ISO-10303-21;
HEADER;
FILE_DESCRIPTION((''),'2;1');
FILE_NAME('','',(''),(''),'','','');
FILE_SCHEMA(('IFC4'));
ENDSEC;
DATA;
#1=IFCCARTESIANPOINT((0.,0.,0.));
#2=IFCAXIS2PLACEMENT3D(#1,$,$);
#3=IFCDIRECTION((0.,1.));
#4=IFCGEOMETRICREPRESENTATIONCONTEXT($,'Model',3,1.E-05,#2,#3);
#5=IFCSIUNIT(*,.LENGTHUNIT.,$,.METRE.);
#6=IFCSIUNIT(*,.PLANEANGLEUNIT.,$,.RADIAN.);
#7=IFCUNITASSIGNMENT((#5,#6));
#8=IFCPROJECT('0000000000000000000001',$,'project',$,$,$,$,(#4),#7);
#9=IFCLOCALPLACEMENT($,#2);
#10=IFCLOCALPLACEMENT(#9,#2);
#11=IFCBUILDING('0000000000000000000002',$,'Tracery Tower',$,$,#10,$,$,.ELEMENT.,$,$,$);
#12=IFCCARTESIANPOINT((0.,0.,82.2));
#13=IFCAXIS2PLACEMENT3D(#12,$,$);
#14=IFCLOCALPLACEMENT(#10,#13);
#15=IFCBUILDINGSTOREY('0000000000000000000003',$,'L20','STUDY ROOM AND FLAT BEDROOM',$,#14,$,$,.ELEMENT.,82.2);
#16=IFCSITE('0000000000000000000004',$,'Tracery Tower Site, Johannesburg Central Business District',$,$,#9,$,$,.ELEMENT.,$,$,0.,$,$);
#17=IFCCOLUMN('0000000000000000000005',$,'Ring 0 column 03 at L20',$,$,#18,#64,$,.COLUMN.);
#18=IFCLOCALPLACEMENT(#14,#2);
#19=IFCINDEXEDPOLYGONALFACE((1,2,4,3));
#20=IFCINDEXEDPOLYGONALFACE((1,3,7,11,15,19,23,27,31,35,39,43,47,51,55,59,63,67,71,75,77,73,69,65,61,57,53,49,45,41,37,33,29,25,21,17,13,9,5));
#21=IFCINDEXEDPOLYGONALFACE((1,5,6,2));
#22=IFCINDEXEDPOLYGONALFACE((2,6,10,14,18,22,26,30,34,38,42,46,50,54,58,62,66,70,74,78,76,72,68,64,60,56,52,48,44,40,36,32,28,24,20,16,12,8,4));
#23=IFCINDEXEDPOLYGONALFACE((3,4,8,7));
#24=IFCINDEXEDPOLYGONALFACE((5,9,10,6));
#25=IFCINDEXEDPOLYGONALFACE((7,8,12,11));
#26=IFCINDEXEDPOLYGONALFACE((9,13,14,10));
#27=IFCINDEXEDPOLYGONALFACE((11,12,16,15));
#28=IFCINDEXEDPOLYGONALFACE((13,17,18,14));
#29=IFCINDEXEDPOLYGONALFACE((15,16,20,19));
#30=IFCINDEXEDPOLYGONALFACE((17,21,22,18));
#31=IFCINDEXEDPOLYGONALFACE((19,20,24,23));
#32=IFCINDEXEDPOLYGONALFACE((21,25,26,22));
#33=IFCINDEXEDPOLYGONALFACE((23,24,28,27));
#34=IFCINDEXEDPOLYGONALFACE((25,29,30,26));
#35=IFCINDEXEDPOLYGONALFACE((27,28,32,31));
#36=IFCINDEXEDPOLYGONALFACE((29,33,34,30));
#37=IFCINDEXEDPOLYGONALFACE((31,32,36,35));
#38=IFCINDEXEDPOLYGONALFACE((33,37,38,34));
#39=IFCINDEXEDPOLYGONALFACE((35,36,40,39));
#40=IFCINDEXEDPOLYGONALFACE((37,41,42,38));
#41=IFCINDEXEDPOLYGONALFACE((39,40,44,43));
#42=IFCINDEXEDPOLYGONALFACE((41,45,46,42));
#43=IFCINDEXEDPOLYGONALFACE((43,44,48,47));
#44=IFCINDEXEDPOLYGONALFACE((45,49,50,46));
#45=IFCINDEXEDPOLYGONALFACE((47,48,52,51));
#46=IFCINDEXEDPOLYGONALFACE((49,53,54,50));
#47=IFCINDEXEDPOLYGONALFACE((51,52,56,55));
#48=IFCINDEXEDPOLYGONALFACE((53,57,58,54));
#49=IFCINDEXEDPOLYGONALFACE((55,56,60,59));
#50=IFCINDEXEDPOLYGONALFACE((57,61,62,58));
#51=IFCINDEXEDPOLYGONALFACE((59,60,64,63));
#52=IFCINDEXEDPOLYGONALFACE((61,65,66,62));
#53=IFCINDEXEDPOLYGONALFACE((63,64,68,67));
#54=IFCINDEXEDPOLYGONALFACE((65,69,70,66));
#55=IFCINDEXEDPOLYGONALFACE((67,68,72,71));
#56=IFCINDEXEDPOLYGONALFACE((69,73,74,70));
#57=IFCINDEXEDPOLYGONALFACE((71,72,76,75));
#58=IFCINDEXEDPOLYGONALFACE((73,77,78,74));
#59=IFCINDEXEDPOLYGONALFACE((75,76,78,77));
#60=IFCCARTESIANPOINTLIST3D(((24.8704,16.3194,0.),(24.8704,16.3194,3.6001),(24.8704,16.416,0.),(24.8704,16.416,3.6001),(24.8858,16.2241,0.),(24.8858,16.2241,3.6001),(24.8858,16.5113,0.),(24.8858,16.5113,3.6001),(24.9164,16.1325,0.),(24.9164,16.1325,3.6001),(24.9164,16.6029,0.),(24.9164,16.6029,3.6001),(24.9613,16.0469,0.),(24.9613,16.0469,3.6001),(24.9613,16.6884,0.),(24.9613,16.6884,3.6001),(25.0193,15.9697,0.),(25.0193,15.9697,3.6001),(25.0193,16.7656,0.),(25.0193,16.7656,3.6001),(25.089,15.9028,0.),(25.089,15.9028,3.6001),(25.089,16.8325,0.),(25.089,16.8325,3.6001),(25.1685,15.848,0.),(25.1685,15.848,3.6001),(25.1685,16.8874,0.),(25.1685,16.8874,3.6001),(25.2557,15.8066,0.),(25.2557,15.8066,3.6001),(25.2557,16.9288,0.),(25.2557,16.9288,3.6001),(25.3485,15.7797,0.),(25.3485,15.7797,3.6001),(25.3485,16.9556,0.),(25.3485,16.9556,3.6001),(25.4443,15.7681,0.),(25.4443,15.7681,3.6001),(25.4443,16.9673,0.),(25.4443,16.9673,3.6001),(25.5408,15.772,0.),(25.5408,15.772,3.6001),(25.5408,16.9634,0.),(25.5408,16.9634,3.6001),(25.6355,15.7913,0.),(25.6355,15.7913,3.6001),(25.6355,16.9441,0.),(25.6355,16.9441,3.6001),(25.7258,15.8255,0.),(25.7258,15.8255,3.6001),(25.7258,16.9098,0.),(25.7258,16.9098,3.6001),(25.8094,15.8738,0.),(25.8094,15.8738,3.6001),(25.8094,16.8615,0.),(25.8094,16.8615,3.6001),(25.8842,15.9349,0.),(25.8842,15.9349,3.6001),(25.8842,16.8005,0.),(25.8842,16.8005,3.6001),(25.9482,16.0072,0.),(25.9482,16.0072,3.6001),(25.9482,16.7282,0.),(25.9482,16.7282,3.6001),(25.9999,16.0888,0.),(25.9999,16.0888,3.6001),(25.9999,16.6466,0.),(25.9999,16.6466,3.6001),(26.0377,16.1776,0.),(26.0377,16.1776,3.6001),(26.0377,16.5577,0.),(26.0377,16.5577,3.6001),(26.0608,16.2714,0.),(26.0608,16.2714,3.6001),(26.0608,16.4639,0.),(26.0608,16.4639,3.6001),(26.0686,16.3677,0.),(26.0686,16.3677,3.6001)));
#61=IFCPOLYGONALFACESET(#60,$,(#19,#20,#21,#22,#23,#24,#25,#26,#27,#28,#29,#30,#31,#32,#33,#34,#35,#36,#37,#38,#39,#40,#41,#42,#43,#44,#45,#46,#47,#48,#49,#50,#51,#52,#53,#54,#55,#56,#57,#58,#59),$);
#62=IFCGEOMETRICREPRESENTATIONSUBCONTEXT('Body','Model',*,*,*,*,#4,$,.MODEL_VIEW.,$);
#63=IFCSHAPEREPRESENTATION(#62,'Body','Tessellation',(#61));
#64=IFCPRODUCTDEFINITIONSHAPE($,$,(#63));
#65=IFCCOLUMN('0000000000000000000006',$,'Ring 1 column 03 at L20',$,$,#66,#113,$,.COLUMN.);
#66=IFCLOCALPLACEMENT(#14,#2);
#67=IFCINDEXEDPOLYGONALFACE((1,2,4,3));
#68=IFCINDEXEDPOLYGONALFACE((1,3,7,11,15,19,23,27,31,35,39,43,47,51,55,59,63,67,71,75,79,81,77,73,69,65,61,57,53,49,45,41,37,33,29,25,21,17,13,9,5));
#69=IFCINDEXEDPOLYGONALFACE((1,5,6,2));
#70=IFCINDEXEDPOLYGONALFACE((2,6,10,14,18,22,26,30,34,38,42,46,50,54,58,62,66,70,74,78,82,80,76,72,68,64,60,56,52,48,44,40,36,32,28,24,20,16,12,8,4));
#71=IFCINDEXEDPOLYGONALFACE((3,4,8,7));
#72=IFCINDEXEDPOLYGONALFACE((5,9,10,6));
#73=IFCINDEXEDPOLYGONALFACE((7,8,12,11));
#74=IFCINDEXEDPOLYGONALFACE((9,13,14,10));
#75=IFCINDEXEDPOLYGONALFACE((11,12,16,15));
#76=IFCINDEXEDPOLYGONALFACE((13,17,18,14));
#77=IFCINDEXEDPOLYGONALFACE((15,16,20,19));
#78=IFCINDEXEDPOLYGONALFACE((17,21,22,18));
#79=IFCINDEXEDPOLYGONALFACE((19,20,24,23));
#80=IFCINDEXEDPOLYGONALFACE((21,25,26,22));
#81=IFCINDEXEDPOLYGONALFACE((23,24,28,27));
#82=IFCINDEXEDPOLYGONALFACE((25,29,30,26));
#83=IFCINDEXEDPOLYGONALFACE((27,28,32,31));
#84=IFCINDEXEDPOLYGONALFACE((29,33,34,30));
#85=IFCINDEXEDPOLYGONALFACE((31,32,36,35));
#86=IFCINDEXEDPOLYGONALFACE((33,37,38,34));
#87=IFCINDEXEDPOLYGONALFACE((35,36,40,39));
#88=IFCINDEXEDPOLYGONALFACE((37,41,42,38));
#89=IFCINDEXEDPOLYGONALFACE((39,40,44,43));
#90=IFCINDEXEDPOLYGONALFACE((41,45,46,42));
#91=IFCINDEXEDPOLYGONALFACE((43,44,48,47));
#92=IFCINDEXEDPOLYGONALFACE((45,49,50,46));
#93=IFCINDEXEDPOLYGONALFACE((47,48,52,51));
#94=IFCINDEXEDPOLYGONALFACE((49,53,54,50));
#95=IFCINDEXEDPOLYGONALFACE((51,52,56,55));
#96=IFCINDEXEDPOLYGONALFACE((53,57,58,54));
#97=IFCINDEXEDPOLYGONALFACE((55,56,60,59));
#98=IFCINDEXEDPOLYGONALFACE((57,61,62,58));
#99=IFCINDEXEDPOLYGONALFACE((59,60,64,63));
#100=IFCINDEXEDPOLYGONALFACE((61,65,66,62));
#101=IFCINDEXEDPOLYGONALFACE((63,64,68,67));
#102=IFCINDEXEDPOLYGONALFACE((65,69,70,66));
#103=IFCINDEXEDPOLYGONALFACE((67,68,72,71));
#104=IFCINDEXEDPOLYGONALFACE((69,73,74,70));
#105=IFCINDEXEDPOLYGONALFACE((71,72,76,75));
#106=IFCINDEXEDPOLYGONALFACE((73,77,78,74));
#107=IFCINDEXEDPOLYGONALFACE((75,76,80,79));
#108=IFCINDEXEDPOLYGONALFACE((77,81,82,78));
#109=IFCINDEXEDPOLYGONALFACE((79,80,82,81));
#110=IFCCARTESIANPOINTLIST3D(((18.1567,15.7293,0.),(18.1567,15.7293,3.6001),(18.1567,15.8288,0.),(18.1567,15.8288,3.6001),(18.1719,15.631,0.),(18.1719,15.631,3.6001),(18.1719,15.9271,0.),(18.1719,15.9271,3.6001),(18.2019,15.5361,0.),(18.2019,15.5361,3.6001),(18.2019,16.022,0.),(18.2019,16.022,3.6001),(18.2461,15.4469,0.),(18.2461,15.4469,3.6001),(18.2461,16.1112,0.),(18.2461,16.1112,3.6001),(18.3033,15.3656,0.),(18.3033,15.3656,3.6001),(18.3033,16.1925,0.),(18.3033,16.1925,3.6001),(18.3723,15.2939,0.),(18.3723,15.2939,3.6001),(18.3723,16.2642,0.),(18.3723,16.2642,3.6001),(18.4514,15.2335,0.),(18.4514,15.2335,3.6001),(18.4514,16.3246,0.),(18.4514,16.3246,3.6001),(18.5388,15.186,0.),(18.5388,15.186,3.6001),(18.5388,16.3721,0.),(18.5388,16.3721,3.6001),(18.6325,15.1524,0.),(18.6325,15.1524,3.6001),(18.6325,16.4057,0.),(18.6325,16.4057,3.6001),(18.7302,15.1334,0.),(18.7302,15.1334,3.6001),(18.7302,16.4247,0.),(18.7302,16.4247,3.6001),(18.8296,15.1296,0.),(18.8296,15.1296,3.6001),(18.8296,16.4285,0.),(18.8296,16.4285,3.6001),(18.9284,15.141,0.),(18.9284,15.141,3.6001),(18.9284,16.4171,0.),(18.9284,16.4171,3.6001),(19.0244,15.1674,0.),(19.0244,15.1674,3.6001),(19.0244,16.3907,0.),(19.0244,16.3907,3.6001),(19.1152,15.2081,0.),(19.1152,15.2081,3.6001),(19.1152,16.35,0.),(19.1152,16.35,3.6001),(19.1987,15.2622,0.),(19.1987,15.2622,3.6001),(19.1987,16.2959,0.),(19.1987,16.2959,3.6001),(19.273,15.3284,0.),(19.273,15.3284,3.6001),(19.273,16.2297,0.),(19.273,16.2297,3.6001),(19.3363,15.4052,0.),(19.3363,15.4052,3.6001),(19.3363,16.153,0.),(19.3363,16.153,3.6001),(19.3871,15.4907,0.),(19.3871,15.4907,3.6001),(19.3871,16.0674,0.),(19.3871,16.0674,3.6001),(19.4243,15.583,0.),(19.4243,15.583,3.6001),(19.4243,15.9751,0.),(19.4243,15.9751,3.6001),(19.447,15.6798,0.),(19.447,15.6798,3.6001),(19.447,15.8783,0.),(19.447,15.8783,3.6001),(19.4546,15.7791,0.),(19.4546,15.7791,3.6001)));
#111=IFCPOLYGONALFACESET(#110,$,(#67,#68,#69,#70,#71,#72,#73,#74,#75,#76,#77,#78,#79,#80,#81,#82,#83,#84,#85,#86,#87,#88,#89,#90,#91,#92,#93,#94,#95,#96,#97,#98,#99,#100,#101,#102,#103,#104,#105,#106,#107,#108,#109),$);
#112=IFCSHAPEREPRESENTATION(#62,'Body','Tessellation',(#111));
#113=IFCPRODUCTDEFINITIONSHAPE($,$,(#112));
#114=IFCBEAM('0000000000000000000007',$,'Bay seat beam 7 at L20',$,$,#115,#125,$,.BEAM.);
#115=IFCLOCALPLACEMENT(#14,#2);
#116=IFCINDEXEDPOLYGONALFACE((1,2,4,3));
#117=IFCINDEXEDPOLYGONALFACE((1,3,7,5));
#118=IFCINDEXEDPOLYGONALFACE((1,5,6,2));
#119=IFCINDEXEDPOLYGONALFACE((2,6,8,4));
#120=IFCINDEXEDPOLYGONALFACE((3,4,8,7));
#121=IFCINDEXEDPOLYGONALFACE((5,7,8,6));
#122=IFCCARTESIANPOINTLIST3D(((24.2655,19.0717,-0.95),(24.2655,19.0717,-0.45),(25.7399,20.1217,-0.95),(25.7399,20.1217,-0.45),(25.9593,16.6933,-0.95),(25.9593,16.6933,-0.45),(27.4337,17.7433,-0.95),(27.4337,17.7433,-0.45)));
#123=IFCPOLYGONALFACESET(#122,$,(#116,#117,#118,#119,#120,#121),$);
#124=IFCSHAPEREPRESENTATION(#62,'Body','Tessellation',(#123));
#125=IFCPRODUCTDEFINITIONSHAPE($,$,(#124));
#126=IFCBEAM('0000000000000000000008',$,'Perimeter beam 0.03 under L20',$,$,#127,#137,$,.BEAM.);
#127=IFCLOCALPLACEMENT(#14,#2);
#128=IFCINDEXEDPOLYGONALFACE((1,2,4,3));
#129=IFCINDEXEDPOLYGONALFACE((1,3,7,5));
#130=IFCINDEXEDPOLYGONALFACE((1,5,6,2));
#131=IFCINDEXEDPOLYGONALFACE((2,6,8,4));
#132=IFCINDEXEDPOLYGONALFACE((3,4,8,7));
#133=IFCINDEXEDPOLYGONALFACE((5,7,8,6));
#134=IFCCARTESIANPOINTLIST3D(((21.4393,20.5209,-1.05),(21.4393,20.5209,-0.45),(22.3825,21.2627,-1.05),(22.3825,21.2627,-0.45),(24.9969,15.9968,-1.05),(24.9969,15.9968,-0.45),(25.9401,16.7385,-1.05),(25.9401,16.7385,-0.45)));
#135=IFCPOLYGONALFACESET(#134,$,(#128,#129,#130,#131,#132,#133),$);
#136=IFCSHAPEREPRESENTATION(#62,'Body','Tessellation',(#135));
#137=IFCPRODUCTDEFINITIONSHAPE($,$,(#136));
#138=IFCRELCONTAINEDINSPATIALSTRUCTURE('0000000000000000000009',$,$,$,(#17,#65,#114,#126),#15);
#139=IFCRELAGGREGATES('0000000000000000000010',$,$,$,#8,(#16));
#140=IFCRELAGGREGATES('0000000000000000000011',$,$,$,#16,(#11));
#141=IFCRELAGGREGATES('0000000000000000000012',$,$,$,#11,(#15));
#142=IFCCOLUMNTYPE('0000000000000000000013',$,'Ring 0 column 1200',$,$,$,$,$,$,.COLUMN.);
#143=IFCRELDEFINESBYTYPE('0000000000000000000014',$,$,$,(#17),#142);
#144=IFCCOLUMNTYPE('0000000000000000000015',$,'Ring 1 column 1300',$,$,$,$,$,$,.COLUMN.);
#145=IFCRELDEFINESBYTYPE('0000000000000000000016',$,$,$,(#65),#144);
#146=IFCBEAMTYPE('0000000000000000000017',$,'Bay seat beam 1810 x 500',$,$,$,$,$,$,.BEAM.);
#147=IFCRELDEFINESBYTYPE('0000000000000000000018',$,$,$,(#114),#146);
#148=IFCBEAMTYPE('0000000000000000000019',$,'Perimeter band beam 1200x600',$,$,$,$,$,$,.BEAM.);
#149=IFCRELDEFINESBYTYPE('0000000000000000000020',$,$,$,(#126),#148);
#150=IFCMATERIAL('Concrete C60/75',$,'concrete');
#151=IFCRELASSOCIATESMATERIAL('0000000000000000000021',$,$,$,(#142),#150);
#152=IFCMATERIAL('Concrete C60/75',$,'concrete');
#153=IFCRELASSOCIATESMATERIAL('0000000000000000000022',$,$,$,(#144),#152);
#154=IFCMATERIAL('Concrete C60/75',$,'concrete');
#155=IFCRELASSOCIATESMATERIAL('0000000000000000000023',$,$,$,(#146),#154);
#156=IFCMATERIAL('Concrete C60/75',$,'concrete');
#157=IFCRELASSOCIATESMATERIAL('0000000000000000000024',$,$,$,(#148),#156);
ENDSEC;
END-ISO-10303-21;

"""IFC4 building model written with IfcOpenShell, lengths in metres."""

from ifc_helpers import new_model, si_unit, direction, frame, origin, origin_2d, place, context, subcontext, project, spatial, rectangle, circle, extrude, material, material_profile, profile_set, type_object, element, save


model = new_model("IFC4")

# Units and contexts
model_context = context("Model", 3, precision=1e-05, world=origin(), true_north=direction((0.0, 1.0)))
body_context = subcontext(model_context, "Body", "Model", "MODEL_VIEW")
ifc_project = project(units=[si_unit("LENGTHUNIT", "METRE"), si_unit("PLANEANGLEUNIT", "RADIAN")], contexts=[model_context])

# Site, building, storey
site_placement = place(None, origin())
site = spatial("IfcSite", under=ifc_project, at=site_placement, Name="Tracery Tower Site, Johannesburg Central Business District", CompositionType="ELEMENT", RefElevation=0.0)
building_placement = place(site_placement, origin())
building = spatial("IfcBuilding", under=site, at=building_placement, Name="Tracery Tower", CompositionType="ELEMENT")
storey_placement = place(building_placement, frame((0.0, 0.0, 82.2)))
storey = spatial("IfcBuildingStorey", under=building, at=storey_placement, Name="L20", Description="STUDY ROOM AND FLAT BEDROOM", CompositionType="ELEMENT", Elevation=82.2)

# Columns
ifc_material_1 = material(Name="Concrete C60/75", Category="concrete")
ifc_material_profile_1 = material_profile(ifc_material_1, circle(Radius=0.6001, at=origin_2d()), Name="RC D1200")
ifc_profile_set_1 = profile_set([ifc_material_profile_1], Name="Concrete C60/75")
column_type_1 = type_object("IfcColumnType", Name="Ring 0 column 1200", PredefinedType="COLUMN", material=ifc_profile_set_1)
column_1_placement = place(storey_placement, frame((25.4685, 16.3677, 0.0), z_axis=(0.0, 0.0, 1.0), x_axis=(1.0, 0.0, 0.0)))
element("IfcColumn", 1, at=column_1_placement, inside=storey, type_object=column_type_1, Name="Ring 0 column 03 at L20", PredefinedType="COLUMN", context=body_context, shape_type="SweptSolid", body=[
    extrude(circle(Radius=0.6001, at=origin_2d()), origin(), (0.0, 0.0, 1.0), 3.6001),
])
ifc_material_2 = material(Name="Concrete C60/75", Category="concrete")
ifc_material_profile_2 = material_profile(ifc_material_2, circle(Radius=0.6499, at=origin_2d()), Name="RC D1300")
ifc_profile_set_2 = profile_set([ifc_material_profile_2], Name="Concrete C60/75")
column_type_2 = type_object("IfcColumnType", Name="Ring 1 column 1300", PredefinedType="COLUMN", material=ifc_profile_set_2)
column_2_placement = place(storey_placement, frame((18.8047, 15.7791, 0.0), z_axis=(0.0, 0.0, 1.0), x_axis=(1.0, 0.0, 0.0)))
element("IfcColumn", 2, at=column_2_placement, inside=storey, type_object=column_type_2, Name="Ring 1 column 03 at L20", PredefinedType="COLUMN", context=body_context, shape_type="SweptSolid", body=[
    extrude(circle(Radius=0.6499, at=origin_2d()), origin(), (0.0, 0.0, 1.0), 3.6001),
])

# Beams
ifc_material_3 = material(Name="Concrete C60/75", Category="concrete")
ifc_material_profile_3 = material_profile(ifc_material_3, rectangle(XDim=1.8101, YDim=0.5, at=origin_2d()), Name="RC 1810x500")
ifc_profile_set_3 = profile_set([ifc_material_profile_3], Name="Concrete C60/75")
beam_type_1 = type_object("IfcBeamType", Name="Bay seat beam 1810 x 500", PredefinedType="BEAM", material=ifc_profile_set_3)
beam_1_placement = place(storey_placement, frame((26.6965, 17.2183, -0.7), z_axis=(-0.580099, 0.814546, 0.0), x_axis=(-0.814546, -0.580099, 0.0)))
element("IfcBeam", 3, at=beam_1_placement, inside=storey, type_object=beam_type_1, Name="Bay seat beam 7 at L20", PredefinedType="BEAM", context=body_context, shape_type="SweptSolid", body=[
    extrude(rectangle(XDim=1.8101, YDim=0.5, at=origin_2d()), origin(), (0.0, 0.0, 1.0), 2.9199),
])
ifc_material_4 = material(Name="Concrete C60/75", Category="concrete")
ifc_material_profile_4 = material_profile(ifc_material_4, rectangle(XDim=1.2, YDim=0.6001, at=origin_2d()), Name="RC 1200x600")
ifc_profile_set_4 = profile_set([ifc_material_profile_4], Name="Concrete C60/75")
beam_type_2 = type_object("IfcBeamType", Name="Perimeter band beam 1200x600", PredefinedType="BEAM", material=ifc_profile_set_4)
beam_2_placement = place(storey_placement, frame((25.4685, 16.3677, -0.75), z_axis=(-0.618134, 0.786072, 0.0), x_axis=(-0.786072, -0.618134, 0.0)))
element("IfcBeam", 4, at=beam_2_placement, inside=storey, type_object=beam_type_2, Name="Perimeter beam 0.03 under L20", PredefinedType="BEAM", context=body_context, shape_type="SweptSolid", body=[
    extrude(rectangle(XDim=1.2, YDim=0.6001, at=origin_2d()), origin(), (0.0, 0.0, 1.0), 5.7554),
])

save(model, "model.ifc")
